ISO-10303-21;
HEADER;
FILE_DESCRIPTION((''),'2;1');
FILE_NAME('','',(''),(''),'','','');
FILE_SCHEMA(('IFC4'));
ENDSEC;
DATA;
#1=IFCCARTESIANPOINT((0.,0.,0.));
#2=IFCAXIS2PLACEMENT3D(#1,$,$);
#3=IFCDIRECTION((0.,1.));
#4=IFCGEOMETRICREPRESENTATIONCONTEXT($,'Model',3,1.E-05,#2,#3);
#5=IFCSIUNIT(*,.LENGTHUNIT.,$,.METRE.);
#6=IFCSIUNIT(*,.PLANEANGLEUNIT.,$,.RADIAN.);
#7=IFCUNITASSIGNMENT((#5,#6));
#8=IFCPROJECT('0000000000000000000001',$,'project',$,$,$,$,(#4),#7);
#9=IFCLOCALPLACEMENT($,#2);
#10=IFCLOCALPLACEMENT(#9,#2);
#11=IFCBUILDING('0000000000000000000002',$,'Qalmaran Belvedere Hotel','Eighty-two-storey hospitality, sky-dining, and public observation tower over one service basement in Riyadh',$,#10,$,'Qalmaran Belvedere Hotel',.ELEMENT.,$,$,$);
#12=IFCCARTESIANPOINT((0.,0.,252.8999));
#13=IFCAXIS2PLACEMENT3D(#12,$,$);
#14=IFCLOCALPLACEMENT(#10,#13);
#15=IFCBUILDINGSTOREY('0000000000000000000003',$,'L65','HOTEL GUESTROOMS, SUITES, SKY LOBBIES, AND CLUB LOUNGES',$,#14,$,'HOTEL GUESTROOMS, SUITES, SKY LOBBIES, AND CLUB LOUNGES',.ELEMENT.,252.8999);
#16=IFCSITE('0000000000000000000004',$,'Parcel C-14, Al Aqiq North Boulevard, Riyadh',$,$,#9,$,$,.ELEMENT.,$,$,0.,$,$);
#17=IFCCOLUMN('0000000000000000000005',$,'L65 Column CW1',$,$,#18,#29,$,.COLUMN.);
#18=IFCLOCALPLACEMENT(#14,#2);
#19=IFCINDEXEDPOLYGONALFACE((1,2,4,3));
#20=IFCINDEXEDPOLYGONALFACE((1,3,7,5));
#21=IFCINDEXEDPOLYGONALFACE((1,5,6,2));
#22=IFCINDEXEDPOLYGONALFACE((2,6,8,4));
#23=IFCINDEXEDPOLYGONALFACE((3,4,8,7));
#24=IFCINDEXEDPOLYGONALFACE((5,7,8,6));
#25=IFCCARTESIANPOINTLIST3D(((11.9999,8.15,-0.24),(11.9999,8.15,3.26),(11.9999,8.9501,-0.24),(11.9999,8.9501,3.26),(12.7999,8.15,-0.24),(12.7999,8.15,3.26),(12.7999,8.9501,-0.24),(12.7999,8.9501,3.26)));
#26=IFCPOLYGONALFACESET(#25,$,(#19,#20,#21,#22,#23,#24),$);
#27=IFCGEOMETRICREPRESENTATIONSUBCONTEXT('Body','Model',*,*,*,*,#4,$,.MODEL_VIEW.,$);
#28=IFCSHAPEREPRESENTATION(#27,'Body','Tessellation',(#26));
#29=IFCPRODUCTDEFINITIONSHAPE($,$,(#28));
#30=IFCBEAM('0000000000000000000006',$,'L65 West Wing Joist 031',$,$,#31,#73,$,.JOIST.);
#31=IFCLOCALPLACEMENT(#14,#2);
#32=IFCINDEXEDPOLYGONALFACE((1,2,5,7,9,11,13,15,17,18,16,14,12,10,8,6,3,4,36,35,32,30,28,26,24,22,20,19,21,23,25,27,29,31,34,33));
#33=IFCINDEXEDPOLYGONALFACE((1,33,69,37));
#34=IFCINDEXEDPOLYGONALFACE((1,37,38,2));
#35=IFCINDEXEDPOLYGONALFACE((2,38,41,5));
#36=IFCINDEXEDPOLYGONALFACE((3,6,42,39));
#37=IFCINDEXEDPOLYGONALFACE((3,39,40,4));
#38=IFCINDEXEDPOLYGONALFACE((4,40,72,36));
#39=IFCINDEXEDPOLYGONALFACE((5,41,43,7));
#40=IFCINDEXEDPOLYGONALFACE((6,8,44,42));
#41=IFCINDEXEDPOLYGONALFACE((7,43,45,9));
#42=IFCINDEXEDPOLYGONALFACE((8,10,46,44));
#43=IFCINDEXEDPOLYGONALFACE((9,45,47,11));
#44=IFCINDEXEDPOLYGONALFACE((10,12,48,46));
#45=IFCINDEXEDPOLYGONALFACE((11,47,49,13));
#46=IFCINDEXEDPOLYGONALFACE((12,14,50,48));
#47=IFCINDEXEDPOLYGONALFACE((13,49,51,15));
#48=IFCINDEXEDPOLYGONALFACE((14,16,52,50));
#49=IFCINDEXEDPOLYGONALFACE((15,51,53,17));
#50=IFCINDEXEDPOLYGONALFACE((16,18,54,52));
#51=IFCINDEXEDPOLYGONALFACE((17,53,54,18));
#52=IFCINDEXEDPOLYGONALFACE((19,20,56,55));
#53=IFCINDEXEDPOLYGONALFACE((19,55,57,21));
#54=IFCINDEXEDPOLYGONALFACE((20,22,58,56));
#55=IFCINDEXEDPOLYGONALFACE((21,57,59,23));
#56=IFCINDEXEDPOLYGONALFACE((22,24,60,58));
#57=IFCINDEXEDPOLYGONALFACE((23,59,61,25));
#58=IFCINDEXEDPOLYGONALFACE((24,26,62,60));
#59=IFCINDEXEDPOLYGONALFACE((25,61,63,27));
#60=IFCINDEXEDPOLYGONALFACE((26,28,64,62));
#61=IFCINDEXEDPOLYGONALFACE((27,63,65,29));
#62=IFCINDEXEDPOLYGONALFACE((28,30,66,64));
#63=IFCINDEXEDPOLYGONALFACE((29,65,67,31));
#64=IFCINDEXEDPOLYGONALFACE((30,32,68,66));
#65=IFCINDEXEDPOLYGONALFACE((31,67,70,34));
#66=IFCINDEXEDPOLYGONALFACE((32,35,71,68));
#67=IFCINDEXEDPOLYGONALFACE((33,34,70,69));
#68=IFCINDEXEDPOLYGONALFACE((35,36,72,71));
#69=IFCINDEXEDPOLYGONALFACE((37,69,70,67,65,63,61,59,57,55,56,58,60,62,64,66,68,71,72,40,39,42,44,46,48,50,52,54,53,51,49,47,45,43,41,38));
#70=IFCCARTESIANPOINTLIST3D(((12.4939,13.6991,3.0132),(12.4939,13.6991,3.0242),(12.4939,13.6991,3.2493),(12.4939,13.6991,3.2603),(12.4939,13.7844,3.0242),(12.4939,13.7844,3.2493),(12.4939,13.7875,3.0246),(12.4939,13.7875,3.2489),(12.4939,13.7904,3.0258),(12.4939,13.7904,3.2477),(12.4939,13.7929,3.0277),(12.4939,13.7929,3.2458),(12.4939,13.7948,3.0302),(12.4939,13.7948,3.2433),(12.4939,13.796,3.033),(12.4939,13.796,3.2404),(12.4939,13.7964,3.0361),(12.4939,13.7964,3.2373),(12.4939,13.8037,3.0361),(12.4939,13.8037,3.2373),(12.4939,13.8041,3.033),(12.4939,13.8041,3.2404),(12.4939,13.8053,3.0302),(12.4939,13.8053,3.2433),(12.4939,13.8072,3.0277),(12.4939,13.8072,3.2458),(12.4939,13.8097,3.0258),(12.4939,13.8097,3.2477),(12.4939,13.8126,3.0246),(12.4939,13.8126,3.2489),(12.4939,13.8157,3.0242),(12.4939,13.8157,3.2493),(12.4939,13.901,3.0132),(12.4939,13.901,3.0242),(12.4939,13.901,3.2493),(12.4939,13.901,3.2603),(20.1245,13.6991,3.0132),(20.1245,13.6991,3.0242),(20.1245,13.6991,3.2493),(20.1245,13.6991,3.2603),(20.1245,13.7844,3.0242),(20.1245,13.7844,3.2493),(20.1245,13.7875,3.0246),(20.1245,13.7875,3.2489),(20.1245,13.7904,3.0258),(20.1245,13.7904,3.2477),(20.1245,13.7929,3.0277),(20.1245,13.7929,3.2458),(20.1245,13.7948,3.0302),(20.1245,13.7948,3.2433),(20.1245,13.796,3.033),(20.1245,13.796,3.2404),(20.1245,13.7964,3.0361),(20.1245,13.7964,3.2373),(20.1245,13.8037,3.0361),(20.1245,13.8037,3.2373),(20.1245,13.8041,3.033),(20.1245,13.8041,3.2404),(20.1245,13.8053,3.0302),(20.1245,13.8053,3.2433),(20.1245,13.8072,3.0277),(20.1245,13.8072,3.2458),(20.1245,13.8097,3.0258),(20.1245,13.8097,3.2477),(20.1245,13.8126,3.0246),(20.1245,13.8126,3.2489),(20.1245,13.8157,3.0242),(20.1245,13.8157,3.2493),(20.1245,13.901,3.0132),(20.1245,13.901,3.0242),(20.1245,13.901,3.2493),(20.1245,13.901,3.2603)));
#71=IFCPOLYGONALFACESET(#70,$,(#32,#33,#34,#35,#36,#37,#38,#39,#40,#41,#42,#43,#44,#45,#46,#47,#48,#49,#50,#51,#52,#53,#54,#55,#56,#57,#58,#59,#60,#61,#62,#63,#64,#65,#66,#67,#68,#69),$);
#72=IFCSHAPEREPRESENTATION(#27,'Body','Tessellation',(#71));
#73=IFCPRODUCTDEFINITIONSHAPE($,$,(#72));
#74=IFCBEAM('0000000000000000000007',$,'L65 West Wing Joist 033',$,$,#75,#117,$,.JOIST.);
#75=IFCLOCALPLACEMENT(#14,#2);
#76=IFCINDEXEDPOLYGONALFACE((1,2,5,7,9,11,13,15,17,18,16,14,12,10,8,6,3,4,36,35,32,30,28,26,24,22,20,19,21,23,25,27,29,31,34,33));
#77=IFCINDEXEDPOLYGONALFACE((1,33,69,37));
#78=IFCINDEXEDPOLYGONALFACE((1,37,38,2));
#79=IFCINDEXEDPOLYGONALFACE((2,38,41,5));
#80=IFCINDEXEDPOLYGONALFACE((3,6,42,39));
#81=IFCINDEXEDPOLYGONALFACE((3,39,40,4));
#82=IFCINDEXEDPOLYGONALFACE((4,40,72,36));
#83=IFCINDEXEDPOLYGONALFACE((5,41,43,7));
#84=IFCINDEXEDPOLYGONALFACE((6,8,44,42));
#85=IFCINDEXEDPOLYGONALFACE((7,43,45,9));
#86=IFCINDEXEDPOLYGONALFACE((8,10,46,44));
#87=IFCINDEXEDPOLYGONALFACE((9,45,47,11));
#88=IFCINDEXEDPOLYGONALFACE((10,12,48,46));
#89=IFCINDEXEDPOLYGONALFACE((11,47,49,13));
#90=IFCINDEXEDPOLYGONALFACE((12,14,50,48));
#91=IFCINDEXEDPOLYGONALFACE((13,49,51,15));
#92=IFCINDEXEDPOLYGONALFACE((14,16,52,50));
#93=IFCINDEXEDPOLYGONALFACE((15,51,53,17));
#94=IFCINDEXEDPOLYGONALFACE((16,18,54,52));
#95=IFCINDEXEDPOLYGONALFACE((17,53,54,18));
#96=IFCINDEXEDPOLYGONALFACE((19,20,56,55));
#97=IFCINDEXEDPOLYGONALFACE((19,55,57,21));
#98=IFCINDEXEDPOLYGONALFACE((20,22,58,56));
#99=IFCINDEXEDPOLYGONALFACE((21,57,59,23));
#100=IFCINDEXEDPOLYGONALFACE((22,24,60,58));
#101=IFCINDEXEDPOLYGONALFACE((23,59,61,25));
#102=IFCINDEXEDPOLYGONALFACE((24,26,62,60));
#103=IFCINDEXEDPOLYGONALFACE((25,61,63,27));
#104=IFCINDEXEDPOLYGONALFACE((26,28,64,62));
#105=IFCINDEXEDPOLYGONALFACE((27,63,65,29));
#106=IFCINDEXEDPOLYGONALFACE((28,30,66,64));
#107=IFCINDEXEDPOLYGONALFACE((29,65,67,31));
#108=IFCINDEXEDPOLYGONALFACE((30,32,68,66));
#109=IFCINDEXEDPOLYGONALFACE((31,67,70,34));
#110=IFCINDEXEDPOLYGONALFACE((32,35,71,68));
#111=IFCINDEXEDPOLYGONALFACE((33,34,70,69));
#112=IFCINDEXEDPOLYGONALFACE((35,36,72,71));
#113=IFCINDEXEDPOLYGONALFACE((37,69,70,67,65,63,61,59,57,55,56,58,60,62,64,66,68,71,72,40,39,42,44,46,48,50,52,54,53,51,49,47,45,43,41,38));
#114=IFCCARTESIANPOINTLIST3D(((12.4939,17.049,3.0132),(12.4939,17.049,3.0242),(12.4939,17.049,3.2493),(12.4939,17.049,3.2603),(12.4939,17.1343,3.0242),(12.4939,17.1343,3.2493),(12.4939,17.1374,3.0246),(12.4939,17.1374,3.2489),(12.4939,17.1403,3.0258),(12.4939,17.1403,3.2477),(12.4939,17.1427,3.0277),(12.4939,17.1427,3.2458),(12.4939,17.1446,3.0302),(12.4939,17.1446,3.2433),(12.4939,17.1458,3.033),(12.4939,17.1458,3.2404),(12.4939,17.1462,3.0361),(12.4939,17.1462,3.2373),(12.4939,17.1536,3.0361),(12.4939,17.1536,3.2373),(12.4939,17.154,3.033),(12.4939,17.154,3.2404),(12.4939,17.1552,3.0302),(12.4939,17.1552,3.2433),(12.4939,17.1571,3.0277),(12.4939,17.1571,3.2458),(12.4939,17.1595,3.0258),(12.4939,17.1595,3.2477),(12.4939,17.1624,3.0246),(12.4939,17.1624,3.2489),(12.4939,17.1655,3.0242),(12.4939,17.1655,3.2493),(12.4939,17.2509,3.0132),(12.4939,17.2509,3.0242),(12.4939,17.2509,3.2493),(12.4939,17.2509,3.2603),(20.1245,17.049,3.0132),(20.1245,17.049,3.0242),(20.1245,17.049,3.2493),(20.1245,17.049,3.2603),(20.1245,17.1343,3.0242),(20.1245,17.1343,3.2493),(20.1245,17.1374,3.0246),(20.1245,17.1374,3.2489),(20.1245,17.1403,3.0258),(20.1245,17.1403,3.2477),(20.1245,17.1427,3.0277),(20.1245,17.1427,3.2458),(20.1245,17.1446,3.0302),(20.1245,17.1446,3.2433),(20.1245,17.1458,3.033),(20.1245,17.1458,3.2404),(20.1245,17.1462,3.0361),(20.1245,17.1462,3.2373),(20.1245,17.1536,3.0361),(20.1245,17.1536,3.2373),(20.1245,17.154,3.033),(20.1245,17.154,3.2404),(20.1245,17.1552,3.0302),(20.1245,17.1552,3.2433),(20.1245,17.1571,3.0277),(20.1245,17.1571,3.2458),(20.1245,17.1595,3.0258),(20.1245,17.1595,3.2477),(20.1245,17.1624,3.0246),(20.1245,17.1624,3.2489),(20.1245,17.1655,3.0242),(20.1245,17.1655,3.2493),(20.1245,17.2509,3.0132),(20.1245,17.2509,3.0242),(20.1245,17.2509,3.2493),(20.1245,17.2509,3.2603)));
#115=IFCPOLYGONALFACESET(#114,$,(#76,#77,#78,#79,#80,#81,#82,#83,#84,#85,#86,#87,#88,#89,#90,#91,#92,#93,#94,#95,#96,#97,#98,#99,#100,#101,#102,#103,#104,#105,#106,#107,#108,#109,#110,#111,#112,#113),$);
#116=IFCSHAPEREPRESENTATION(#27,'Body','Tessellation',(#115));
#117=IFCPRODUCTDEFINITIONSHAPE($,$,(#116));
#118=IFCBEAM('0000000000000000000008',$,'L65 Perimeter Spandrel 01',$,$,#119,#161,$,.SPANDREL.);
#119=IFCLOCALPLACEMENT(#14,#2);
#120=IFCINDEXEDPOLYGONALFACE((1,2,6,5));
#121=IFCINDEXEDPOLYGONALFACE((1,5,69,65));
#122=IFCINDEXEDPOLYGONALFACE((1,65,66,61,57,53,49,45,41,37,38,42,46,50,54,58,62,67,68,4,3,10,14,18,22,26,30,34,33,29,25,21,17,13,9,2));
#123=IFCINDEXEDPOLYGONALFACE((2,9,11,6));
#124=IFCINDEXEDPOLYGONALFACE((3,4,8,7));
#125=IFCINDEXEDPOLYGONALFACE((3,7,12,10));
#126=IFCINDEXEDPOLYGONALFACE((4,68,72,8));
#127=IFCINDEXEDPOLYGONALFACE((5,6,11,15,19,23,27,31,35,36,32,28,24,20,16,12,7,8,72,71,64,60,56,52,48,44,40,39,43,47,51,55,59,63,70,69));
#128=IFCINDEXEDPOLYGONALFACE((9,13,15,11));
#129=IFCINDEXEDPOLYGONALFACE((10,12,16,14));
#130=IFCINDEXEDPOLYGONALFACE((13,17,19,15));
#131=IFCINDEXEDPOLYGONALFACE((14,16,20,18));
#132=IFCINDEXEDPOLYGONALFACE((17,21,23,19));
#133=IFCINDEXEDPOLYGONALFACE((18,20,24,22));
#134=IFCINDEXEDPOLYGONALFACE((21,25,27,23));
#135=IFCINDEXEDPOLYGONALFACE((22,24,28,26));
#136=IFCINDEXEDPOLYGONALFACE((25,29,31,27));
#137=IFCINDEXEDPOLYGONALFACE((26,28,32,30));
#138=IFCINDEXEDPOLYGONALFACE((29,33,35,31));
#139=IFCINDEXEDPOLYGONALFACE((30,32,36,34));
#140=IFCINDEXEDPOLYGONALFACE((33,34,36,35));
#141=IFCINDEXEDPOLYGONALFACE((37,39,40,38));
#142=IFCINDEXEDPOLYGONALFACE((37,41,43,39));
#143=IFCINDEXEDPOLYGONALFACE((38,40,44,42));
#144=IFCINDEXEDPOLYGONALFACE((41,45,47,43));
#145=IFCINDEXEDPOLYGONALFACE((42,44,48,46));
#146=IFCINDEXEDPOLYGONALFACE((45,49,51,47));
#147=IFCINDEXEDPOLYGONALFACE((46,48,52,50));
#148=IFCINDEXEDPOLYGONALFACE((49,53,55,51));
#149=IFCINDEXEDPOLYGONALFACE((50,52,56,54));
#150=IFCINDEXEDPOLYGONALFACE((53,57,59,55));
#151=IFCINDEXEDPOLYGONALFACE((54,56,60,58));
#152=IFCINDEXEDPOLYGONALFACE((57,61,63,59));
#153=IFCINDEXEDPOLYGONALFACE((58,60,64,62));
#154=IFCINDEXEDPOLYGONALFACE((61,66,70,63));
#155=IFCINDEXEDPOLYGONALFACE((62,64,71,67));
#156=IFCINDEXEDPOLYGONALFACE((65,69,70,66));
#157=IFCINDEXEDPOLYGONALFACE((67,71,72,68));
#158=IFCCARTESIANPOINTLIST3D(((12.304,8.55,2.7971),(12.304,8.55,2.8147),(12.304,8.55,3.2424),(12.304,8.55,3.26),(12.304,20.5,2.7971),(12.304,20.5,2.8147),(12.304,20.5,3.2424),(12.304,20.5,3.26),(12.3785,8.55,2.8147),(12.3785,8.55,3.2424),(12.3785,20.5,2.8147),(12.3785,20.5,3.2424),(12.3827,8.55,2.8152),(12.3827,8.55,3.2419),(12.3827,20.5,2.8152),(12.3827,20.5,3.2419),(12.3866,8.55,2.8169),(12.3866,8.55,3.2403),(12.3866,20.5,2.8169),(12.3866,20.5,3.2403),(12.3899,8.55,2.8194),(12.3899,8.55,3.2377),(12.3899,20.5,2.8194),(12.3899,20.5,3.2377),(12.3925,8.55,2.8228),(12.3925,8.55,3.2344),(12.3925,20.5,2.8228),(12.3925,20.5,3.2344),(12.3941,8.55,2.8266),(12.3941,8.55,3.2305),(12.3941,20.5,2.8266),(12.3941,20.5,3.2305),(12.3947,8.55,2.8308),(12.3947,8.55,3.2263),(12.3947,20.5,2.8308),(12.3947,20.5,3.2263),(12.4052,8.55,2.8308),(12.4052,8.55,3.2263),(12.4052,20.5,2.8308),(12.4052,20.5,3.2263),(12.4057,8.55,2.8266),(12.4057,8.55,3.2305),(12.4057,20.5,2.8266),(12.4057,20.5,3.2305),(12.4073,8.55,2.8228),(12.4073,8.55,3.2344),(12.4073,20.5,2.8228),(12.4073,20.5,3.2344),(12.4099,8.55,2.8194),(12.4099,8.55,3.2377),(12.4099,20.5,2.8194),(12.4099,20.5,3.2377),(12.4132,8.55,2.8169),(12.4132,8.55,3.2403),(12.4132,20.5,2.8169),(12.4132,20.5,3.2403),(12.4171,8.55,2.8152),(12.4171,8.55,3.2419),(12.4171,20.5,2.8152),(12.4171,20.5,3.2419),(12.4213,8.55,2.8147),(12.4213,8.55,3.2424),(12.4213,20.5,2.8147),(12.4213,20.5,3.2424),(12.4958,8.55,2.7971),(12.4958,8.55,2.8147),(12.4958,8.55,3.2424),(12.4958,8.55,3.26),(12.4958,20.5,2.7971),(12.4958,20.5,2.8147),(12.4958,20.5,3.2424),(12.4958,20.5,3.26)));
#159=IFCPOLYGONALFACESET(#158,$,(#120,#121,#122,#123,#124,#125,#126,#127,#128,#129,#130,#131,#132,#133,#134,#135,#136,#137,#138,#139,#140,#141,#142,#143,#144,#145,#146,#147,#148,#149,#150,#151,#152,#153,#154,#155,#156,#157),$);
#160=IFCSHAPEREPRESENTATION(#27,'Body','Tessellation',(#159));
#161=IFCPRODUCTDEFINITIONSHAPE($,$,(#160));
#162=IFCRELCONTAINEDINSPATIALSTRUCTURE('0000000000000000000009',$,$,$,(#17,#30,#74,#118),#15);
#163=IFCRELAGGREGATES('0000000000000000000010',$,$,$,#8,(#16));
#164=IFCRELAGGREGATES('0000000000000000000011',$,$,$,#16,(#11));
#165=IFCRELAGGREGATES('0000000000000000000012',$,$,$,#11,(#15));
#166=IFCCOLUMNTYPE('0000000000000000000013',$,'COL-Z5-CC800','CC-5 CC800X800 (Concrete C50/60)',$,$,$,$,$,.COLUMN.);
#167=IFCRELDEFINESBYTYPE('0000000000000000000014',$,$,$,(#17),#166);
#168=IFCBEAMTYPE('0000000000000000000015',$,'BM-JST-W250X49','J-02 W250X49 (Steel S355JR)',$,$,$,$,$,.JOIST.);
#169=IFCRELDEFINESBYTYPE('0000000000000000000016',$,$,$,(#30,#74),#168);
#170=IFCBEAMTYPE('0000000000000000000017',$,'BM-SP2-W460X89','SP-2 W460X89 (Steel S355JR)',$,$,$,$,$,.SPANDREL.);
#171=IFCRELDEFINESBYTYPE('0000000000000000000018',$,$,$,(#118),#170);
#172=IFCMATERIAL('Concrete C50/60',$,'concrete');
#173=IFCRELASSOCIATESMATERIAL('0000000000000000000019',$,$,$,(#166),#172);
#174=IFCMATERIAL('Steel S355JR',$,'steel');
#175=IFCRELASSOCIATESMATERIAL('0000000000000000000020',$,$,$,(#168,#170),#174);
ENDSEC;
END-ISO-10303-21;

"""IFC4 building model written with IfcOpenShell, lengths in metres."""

from ifc_helpers import new_model, si_unit, direction, frame, origin, origin_2d, place, context, subcontext, project, spatial, rectangle, i_section, extrude, material, material_profile, profile_set, type_object, element, save


model = new_model("IFC4")

# Units and contexts
model_context = context("Model", 3, precision=1e-05, world=origin(), true_north=direction((0.0, 1.0)))
body_context = subcontext(model_context, "Body", "Model", "MODEL_VIEW")
ifc_project = project(units=[si_unit("LENGTHUNIT", "METRE"), si_unit("PLANEANGLEUNIT", "RADIAN")], contexts=[model_context])

# Site, building, storey
site_placement = place(None, origin())
site = spatial("IfcSite", under=ifc_project, at=site_placement, Name="Parcel C-14, Al Aqiq North Boulevard, Riyadh", CompositionType="ELEMENT", RefElevation=0.0)
building_placement = place(site_placement, origin())
building = spatial("IfcBuilding", under=site, at=building_placement, Name="Qalmaran Belvedere Hotel", Description="Eighty-two-storey hospitality, sky-dining, and public observation tower over one service basement in Riyadh", LongName="Qalmaran Belvedere Hotel", CompositionType="ELEMENT")
storey_placement = place(building_placement, frame((0.0, 0.0, 252.8999)))
storey = spatial("IfcBuildingStorey", under=building, at=storey_placement, Name="L65", Description="HOTEL GUESTROOMS, SUITES, SKY LOBBIES, AND CLUB LOUNGES", LongName="HOTEL GUESTROOMS, SUITES, SKY LOBBIES, AND CLUB LOUNGES", CompositionType="ELEMENT", Elevation=252.8999)

# Column
ifc_material_1 = material(Name="Concrete C50/60", Category="concrete")
ifc_material_profile_1 = material_profile(ifc_material_1, rectangle(XDim=0.8, YDim=0.8, at=origin_2d()), Name="CC800X800")
ifc_profile_set_1 = profile_set([ifc_material_profile_1], Name="Concrete C50/60")
column_type = type_object("IfcColumnType", Name="COL-Z5-CC800", Description="CC-5 CC800X800 (Concrete C50/60)", PredefinedType="COLUMN", material=ifc_profile_set_1)
column_placement = place(storey_placement, frame((12.3999, 8.55, -0.24), z_axis=(0.0, 0.0, 1.0), x_axis=(1.0, 0.0, 0.0)))
element("IfcColumn", 1, at=column_placement, inside=storey, type_object=column_type, Name="L65 Column CW1", PredefinedType="COLUMN", context=body_context, shape_type="SweptSolid", body=[
    extrude(rectangle(XDim=0.8, YDim=0.8, at=origin_2d()), origin(), (0.0, 0.0, 1.0), 3.5),
])

# Beams
ifc_material_2 = material(Name="Steel S355JR", Category="steel")
ifc_material_profile_2 = material_profile(ifc_material_2, i_section(OverallWidth=0.2019, OverallDepth=0.2471, WebThickness=0.0073, FlangeThickness=0.011, FilletRadius=0.012, at=origin_2d()), Name="W250X49")
ifc_profile_set_2 = profile_set([ifc_material_profile_2], Name="Steel S355JR")
beam_type_1 = type_object("IfcBeamType", Name="BM-JST-W250X49", Description="J-02 W250X49 (Steel S355JR)", PredefinedType="JOIST", material=ifc_profile_set_2)
for number, where, z_axis, x_axis, name in (
    (2, (12.4939, 13.8, 3.1367), (1.0, 0.0, 0.0), (0.0, 1.0, 0.0), "L65 West Wing Joist 031"),
    (3, (12.4939, 17.1499, 3.1367), (1.0, 0.0, 0.0), (0.0, 1.0, 0.0), "L65 West Wing Joist 033"),
):
    element("IfcBeam", number, at=place(storey_placement, frame(where, z_axis=z_axis, x_axis=x_axis)), inside=storey, type_object=beam_type_1, Name=name, PredefinedType="JOIST", context=body_context, shape_type="SweptSolid", body=[
        extrude(i_section(OverallWidth=0.2019, OverallDepth=0.2471, WebThickness=0.0073, FlangeThickness=0.011, FilletRadius=0.012, at=origin_2d()), origin(), (0.0, 0.0, 1.0), 7.6306),
    ])
ifc_material_profile_3 = material_profile(ifc_material_2, i_section(OverallWidth=0.1919, OverallDepth=0.4629, WebThickness=0.0105, FlangeThickness=0.0176, FilletRadius=0.0161, at=origin_2d()), Name="W460X89")
ifc_profile_set_3 = profile_set([ifc_material_profile_3], Name="Steel S355JR")
beam_type_2 = type_object("IfcBeamType", Name="BM-SP2-W460X89", Description="SP-2 W460X89 (Steel S355JR)", PredefinedType="SPANDREL", material=ifc_profile_set_3)
beam_1_placement = place(storey_placement, frame((12.3999, 8.55, 3.0286), z_axis=(0.0, 1.0, 0.0), x_axis=(-1.0, 0.0, 0.0)))
element("IfcBeam", 4, at=beam_1_placement, inside=storey, type_object=beam_type_2, Name="L65 Perimeter Spandrel 01", PredefinedType="SPANDREL", context=body_context, shape_type="SweptSolid", body=[
    extrude(i_section(OverallWidth=0.1919, OverallDepth=0.4629, WebThickness=0.0105, FlangeThickness=0.0176, FilletRadius=0.0161, at=origin_2d()), origin(), (0.0, 0.0, 1.0), 11.95),
])

save(model, "model.ifc")
